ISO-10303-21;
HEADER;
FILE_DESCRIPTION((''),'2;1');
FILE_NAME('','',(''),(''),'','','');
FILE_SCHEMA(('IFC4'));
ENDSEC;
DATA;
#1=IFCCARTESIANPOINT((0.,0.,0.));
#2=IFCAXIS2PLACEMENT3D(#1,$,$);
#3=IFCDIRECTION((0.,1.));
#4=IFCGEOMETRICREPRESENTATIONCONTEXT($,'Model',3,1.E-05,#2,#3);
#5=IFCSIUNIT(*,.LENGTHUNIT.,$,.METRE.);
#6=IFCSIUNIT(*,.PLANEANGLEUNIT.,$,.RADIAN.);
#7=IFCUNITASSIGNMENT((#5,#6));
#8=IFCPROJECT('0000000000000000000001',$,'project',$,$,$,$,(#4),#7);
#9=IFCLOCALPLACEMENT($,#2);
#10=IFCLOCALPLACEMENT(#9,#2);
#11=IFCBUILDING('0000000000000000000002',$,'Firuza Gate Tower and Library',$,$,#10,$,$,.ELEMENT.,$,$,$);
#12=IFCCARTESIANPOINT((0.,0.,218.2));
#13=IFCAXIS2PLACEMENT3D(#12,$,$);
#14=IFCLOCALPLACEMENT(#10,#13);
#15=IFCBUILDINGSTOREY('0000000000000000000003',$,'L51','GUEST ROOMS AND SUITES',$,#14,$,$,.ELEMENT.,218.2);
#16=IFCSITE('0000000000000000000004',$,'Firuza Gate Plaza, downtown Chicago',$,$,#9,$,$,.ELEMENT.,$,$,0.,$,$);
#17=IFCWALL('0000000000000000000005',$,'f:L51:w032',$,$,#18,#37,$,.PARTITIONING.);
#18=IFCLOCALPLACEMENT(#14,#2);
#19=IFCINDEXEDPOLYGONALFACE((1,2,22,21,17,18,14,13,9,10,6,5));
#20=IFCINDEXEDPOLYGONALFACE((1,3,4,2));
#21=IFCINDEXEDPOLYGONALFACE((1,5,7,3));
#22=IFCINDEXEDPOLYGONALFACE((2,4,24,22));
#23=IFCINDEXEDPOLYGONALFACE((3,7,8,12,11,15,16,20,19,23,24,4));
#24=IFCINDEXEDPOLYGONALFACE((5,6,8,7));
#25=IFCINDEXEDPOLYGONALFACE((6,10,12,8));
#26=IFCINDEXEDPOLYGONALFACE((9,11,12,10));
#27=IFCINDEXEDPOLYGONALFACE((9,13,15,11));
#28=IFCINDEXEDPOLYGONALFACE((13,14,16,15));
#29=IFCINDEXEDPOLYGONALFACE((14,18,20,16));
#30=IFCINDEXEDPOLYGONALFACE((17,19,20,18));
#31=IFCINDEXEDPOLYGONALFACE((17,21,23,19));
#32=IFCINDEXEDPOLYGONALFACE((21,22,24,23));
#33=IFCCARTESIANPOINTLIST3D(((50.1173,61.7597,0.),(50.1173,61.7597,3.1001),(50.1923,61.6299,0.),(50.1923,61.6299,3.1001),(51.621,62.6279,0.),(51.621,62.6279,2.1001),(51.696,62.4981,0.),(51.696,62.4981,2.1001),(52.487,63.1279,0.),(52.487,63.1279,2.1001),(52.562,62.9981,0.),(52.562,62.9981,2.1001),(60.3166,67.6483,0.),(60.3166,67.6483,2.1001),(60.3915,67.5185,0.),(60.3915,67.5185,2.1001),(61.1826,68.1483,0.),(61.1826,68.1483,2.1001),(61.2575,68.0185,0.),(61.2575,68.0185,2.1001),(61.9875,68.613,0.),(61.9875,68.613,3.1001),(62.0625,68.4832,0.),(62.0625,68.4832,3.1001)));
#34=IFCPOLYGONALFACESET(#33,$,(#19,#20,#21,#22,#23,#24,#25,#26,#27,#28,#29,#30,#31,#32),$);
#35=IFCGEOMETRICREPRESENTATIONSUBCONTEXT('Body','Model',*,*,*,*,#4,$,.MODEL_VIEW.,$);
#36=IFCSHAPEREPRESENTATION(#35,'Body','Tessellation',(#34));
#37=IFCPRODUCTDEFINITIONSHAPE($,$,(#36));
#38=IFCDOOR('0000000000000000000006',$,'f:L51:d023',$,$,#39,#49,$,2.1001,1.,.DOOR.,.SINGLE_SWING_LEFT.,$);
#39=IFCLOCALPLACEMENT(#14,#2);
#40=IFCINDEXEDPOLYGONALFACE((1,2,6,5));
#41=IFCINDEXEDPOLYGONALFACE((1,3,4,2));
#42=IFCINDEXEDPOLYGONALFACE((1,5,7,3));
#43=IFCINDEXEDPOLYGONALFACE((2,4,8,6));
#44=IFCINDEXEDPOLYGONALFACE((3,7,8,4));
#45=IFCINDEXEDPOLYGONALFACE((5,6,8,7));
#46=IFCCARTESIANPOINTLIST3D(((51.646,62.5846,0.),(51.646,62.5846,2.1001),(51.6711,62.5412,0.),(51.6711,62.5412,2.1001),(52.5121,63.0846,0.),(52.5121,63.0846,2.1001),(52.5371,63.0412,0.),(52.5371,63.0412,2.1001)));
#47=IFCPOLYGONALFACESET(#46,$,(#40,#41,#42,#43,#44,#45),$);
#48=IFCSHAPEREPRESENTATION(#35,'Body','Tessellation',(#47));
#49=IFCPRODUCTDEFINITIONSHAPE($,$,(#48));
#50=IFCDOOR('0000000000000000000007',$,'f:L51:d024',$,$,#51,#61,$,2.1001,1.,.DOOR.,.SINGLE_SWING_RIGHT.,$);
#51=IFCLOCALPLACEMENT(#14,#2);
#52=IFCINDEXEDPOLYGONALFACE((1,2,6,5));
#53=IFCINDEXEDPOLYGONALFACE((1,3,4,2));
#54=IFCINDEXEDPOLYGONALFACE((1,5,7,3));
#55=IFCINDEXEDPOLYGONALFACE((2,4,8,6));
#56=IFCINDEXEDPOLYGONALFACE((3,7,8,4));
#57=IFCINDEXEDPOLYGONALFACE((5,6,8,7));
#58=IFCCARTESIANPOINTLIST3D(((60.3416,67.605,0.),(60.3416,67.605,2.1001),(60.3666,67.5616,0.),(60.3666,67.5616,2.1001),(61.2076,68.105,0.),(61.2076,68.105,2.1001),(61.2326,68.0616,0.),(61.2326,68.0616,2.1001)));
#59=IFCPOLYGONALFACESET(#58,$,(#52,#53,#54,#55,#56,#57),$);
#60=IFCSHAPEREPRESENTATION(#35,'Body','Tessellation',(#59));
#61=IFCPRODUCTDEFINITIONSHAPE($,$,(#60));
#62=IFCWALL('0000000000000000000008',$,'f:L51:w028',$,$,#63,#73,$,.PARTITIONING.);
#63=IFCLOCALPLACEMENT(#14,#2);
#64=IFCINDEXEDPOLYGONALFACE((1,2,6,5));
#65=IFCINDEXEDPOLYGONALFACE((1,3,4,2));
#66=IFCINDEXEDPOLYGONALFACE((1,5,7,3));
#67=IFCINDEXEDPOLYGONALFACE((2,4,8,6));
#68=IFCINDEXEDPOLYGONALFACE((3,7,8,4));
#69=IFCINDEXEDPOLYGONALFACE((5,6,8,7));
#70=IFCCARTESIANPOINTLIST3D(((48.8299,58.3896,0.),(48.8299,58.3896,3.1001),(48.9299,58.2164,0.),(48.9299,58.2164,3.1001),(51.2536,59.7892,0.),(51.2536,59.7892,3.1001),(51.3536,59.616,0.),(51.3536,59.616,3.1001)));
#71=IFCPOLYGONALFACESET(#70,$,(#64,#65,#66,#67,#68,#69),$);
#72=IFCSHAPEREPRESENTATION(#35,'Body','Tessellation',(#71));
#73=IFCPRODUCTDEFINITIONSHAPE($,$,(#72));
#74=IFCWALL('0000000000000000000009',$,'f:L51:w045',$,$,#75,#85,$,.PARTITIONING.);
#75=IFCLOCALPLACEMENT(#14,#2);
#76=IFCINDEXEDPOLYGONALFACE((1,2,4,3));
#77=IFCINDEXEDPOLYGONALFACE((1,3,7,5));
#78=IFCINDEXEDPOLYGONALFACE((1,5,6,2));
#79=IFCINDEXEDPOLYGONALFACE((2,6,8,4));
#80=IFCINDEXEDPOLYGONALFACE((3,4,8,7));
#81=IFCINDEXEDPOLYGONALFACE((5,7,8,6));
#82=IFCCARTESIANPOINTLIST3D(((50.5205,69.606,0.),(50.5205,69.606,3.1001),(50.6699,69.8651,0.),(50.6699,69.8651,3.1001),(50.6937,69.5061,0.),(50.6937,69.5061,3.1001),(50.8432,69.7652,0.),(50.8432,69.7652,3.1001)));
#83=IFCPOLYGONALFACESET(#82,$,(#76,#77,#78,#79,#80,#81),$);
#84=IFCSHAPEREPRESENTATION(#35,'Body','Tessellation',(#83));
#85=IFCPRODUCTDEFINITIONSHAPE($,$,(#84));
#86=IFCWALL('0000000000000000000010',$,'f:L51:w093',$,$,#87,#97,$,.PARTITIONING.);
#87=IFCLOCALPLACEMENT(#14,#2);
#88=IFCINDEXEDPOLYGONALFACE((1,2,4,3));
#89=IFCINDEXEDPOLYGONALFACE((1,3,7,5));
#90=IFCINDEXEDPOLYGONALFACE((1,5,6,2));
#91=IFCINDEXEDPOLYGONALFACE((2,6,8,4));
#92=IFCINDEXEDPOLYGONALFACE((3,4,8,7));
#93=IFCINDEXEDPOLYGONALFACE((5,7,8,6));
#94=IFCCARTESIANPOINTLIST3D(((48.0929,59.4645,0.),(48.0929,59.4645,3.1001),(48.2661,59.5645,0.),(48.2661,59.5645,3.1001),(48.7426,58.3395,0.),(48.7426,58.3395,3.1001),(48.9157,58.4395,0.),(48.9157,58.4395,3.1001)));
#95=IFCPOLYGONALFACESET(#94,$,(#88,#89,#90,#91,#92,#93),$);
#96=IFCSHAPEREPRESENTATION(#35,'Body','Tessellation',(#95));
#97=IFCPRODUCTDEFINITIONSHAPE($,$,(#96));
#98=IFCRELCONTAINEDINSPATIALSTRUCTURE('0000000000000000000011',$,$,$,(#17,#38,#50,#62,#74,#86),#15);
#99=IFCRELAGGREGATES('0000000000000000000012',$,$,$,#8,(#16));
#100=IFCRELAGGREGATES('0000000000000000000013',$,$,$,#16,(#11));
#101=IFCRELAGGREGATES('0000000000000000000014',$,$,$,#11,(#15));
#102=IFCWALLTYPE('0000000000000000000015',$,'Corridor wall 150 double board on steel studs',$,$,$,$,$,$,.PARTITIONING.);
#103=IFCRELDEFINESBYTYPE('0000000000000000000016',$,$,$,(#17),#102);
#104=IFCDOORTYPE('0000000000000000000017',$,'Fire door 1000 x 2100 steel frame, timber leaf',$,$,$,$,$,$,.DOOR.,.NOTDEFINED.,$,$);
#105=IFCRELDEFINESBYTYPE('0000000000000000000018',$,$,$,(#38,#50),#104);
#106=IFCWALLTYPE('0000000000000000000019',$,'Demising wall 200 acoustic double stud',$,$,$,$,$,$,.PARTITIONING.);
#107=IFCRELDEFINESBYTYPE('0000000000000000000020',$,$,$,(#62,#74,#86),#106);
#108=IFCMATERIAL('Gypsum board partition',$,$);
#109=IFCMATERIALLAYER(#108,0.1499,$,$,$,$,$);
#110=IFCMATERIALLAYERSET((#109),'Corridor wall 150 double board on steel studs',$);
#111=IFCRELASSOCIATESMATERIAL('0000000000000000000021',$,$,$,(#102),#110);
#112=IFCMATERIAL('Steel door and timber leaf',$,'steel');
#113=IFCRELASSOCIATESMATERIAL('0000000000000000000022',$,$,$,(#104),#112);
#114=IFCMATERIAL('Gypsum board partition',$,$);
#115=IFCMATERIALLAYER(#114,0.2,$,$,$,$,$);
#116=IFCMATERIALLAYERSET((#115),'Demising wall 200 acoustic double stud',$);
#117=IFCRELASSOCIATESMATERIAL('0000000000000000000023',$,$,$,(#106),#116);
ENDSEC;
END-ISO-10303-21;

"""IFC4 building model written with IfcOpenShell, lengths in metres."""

from ifc_helpers import new_model, si_unit, direction, frame, frame_2d, origin, place, context, subcontext, project, spatial, rectangle, extrude, material, layer, layer_set, type_object, element, fill, save


model = new_model("IFC4")

# Units and contexts
model_context = context("Model", 3, precision=1e-05, world=origin(), true_north=direction((0.0, 1.0)))
body_context = subcontext(model_context, "Body", "Model", "MODEL_VIEW")
ifc_project = project(units=[si_unit("LENGTHUNIT", "METRE"), si_unit("PLANEANGLEUNIT", "RADIAN")], contexts=[model_context])

# Site, building, storey
site_placement = place(None, origin())
site = spatial("IfcSite", under=ifc_project, at=site_placement, Name="Firuza Gate Plaza, downtown Chicago", CompositionType="ELEMENT", RefElevation=0.0)
building_placement = place(site_placement, origin())
building = spatial("IfcBuilding", under=site, at=building_placement, Name="Firuza Gate Tower and Library", CompositionType="ELEMENT")
storey_placement = place(building_placement, frame((0.0, 0.0, 218.2)))
storey = spatial("IfcBuildingStorey", under=building, at=storey_placement, Name="L51", Description="GUEST ROOMS AND SUITES", CompositionType="ELEMENT", Elevation=218.2)

# Wall, openings, doors
ifc_material_1 = material(Name="Gypsum board partition")
ifc_layer_1 = layer(ifc_material_1, 0.1499)
ifc_layer_set_1 = layer_set([ifc_layer_1], Name="Corridor wall 150 double board on steel studs")
wall_type_1 = type_object("IfcWallType", Name="Corridor wall 150 double board on steel studs", PredefinedType="PARTITIONING", material=ifc_layer_set_1)
wall_1_placement = place(storey_placement, frame((50.1548, 61.6948, 0.0), z_axis=(0.0, 0.0, 1.0), x_axis=(0.866024, 0.500003, 0.0)))
wall_1 = element("IfcWall", 1, at=wall_1_placement, inside=storey, type_object=wall_type_1, Name="f:L51:w032", PredefinedType="PARTITIONING", context=body_context, shape_type="SweptSolid", body=[
    extrude(rectangle(XDim=13.7065, YDim=0.1499, at=frame_2d((6.8533, 0.0))), origin(), (0.0, 0.0, 1.0), 3.1001),
])
opening_1_placement = place(wall_1_placement, frame((1.7363, 0.0, 0.0)))
opening_1 = element("IfcOpeningElement", 2, at=opening_1_placement, cuts=wall_1, PredefinedType="OPENING", context=body_context, shape_type="SweptSolid", body=[
    extrude(rectangle(XDim=1.0, YDim=2.1001, at=frame_2d((0.5, 1.05))), frame((0.0, 0.085, 0.0), z_axis=(0.0, -1.0, 0.0), x_axis=(1.0, 0.0, 0.0)), (0.0, 0.0, 1.0), 0.1699),
])
opening_2_placement = place(wall_1_placement, frame((11.7771, 0.0, 0.0)))
opening_2 = element("IfcOpeningElement", 3, at=opening_2_placement, cuts=wall_1, PredefinedType="OPENING", context=body_context, shape_type="SweptSolid", body=[
    extrude(rectangle(XDim=1.0, YDim=2.1001, at=frame_2d((0.5, 1.05))), frame((0.0, 0.085, 0.0), z_axis=(0.0, -1.0, 0.0), x_axis=(1.0, 0.0, 0.0)), (0.0, 0.0, 1.0), 0.1699),
])
ifc_material_2 = material(Name="Steel door and timber leaf", Category="steel")
door_type = type_object("IfcDoorType", Name="Fire door 1000 x 2100 steel frame, timber leaf", OperationType="NOTDEFINED", PredefinedType="DOOR", material=ifc_material_2)
door_1_placement = place(opening_1_placement, origin())
door_1 = element("IfcDoor", 4, at=door_1_placement, inside=storey, type_object=door_type, Name="f:L51:d023", OperationType="SINGLE_SWING_LEFT", OverallHeight=2.1001, OverallWidth=1.0, PredefinedType="DOOR", context=body_context, shape_type="SweptSolid", body=[
    extrude(rectangle(XDim=1.0, YDim=2.1001, at=frame_2d((0.5, 1.05))), frame((0.0, 0.0249, 0.0), z_axis=(0.0, -1.0, 0.0), x_axis=(1.0, 0.0, 0.0)), (0.0, 0.0, 1.0), 0.05),
])
fill(opening_1, door_1)
door_2_placement = place(opening_2_placement, origin())
door_2 = element("IfcDoor", 5, at=door_2_placement, inside=storey, type_object=door_type, Name="f:L51:d024", OperationType="SINGLE_SWING_RIGHT", OverallHeight=2.1001, OverallWidth=1.0, PredefinedType="DOOR", context=body_context, shape_type="SweptSolid", body=[
    extrude(rectangle(XDim=1.0, YDim=2.1001, at=frame_2d((0.5, 1.05))), frame((0.0, 0.0249, 0.0), z_axis=(0.0, -1.0, 0.0), x_axis=(1.0, 0.0, 0.0)), (0.0, 0.0, 1.0), 0.05),
])
fill(opening_2, door_2)

# Walls
ifc_material_3 = material(Name="Gypsum board partition")
ifc_layer_2 = layer(ifc_material_3, 0.2)
ifc_layer_set_2 = layer_set([ifc_layer_2], Name="Demising wall 200 acoustic double stud")
wall_type_2 = type_object("IfcWallType", Name="Demising wall 200 acoustic double stud", PredefinedType="PARTITIONING", material=ifc_layer_set_2)
wall_2_placement = place(storey_placement, frame((48.8799, 58.303, 0.0), z_axis=(0.0, 0.0, 1.0), x_axis=(0.865985, 0.50007, 0.0)))
element("IfcWall", 6, at=wall_2_placement, inside=storey, type_object=wall_type_2, Name="f:L51:w028", PredefinedType="PARTITIONING", context=body_context, shape_type="SweptSolid", body=[
    extrude(rectangle(XDim=2.7988, YDim=0.2, at=frame_2d((1.3994, 0.0))), origin(), (0.0, 0.0, 1.0), 3.1001),
])
wall_3_placement = place(storey_placement, frame((50.6072, 69.5562, 0.0), z_axis=(0.0, 0.0, 1.0), x_axis=(0.499652, 0.866226, 0.0)))
element("IfcWall", 7, at=wall_3_placement, inside=storey, type_object=wall_type_2, Name="f:L51:w045", PredefinedType="PARTITIONING", context=body_context, shape_type="SweptSolid", body=[
    extrude(rectangle(XDim=0.2991, YDim=0.2, at=frame_2d((0.1494, 0.0))), origin(), (0.0, 0.0, 1.0), 3.1001),
])
wall_4_placement = place(storey_placement, frame((48.8291, 58.3896, 0.0), z_axis=(0.0, 0.0, 1.0), x_axis=(-0.50008, 0.865979, 0.0)))
element("IfcWall", 8, at=wall_4_placement, inside=storey, type_object=wall_type_2, Name="f:L51:w093", PredefinedType="PARTITIONING", context=body_context, shape_type="SweptSolid", body=[
    extrude(rectangle(XDim=1.2991, YDim=0.2, at=frame_2d((0.6494, 0.0))), origin(), (0.0, 0.0, 1.0), 3.1001),
])

save(model, "model.ifc")
